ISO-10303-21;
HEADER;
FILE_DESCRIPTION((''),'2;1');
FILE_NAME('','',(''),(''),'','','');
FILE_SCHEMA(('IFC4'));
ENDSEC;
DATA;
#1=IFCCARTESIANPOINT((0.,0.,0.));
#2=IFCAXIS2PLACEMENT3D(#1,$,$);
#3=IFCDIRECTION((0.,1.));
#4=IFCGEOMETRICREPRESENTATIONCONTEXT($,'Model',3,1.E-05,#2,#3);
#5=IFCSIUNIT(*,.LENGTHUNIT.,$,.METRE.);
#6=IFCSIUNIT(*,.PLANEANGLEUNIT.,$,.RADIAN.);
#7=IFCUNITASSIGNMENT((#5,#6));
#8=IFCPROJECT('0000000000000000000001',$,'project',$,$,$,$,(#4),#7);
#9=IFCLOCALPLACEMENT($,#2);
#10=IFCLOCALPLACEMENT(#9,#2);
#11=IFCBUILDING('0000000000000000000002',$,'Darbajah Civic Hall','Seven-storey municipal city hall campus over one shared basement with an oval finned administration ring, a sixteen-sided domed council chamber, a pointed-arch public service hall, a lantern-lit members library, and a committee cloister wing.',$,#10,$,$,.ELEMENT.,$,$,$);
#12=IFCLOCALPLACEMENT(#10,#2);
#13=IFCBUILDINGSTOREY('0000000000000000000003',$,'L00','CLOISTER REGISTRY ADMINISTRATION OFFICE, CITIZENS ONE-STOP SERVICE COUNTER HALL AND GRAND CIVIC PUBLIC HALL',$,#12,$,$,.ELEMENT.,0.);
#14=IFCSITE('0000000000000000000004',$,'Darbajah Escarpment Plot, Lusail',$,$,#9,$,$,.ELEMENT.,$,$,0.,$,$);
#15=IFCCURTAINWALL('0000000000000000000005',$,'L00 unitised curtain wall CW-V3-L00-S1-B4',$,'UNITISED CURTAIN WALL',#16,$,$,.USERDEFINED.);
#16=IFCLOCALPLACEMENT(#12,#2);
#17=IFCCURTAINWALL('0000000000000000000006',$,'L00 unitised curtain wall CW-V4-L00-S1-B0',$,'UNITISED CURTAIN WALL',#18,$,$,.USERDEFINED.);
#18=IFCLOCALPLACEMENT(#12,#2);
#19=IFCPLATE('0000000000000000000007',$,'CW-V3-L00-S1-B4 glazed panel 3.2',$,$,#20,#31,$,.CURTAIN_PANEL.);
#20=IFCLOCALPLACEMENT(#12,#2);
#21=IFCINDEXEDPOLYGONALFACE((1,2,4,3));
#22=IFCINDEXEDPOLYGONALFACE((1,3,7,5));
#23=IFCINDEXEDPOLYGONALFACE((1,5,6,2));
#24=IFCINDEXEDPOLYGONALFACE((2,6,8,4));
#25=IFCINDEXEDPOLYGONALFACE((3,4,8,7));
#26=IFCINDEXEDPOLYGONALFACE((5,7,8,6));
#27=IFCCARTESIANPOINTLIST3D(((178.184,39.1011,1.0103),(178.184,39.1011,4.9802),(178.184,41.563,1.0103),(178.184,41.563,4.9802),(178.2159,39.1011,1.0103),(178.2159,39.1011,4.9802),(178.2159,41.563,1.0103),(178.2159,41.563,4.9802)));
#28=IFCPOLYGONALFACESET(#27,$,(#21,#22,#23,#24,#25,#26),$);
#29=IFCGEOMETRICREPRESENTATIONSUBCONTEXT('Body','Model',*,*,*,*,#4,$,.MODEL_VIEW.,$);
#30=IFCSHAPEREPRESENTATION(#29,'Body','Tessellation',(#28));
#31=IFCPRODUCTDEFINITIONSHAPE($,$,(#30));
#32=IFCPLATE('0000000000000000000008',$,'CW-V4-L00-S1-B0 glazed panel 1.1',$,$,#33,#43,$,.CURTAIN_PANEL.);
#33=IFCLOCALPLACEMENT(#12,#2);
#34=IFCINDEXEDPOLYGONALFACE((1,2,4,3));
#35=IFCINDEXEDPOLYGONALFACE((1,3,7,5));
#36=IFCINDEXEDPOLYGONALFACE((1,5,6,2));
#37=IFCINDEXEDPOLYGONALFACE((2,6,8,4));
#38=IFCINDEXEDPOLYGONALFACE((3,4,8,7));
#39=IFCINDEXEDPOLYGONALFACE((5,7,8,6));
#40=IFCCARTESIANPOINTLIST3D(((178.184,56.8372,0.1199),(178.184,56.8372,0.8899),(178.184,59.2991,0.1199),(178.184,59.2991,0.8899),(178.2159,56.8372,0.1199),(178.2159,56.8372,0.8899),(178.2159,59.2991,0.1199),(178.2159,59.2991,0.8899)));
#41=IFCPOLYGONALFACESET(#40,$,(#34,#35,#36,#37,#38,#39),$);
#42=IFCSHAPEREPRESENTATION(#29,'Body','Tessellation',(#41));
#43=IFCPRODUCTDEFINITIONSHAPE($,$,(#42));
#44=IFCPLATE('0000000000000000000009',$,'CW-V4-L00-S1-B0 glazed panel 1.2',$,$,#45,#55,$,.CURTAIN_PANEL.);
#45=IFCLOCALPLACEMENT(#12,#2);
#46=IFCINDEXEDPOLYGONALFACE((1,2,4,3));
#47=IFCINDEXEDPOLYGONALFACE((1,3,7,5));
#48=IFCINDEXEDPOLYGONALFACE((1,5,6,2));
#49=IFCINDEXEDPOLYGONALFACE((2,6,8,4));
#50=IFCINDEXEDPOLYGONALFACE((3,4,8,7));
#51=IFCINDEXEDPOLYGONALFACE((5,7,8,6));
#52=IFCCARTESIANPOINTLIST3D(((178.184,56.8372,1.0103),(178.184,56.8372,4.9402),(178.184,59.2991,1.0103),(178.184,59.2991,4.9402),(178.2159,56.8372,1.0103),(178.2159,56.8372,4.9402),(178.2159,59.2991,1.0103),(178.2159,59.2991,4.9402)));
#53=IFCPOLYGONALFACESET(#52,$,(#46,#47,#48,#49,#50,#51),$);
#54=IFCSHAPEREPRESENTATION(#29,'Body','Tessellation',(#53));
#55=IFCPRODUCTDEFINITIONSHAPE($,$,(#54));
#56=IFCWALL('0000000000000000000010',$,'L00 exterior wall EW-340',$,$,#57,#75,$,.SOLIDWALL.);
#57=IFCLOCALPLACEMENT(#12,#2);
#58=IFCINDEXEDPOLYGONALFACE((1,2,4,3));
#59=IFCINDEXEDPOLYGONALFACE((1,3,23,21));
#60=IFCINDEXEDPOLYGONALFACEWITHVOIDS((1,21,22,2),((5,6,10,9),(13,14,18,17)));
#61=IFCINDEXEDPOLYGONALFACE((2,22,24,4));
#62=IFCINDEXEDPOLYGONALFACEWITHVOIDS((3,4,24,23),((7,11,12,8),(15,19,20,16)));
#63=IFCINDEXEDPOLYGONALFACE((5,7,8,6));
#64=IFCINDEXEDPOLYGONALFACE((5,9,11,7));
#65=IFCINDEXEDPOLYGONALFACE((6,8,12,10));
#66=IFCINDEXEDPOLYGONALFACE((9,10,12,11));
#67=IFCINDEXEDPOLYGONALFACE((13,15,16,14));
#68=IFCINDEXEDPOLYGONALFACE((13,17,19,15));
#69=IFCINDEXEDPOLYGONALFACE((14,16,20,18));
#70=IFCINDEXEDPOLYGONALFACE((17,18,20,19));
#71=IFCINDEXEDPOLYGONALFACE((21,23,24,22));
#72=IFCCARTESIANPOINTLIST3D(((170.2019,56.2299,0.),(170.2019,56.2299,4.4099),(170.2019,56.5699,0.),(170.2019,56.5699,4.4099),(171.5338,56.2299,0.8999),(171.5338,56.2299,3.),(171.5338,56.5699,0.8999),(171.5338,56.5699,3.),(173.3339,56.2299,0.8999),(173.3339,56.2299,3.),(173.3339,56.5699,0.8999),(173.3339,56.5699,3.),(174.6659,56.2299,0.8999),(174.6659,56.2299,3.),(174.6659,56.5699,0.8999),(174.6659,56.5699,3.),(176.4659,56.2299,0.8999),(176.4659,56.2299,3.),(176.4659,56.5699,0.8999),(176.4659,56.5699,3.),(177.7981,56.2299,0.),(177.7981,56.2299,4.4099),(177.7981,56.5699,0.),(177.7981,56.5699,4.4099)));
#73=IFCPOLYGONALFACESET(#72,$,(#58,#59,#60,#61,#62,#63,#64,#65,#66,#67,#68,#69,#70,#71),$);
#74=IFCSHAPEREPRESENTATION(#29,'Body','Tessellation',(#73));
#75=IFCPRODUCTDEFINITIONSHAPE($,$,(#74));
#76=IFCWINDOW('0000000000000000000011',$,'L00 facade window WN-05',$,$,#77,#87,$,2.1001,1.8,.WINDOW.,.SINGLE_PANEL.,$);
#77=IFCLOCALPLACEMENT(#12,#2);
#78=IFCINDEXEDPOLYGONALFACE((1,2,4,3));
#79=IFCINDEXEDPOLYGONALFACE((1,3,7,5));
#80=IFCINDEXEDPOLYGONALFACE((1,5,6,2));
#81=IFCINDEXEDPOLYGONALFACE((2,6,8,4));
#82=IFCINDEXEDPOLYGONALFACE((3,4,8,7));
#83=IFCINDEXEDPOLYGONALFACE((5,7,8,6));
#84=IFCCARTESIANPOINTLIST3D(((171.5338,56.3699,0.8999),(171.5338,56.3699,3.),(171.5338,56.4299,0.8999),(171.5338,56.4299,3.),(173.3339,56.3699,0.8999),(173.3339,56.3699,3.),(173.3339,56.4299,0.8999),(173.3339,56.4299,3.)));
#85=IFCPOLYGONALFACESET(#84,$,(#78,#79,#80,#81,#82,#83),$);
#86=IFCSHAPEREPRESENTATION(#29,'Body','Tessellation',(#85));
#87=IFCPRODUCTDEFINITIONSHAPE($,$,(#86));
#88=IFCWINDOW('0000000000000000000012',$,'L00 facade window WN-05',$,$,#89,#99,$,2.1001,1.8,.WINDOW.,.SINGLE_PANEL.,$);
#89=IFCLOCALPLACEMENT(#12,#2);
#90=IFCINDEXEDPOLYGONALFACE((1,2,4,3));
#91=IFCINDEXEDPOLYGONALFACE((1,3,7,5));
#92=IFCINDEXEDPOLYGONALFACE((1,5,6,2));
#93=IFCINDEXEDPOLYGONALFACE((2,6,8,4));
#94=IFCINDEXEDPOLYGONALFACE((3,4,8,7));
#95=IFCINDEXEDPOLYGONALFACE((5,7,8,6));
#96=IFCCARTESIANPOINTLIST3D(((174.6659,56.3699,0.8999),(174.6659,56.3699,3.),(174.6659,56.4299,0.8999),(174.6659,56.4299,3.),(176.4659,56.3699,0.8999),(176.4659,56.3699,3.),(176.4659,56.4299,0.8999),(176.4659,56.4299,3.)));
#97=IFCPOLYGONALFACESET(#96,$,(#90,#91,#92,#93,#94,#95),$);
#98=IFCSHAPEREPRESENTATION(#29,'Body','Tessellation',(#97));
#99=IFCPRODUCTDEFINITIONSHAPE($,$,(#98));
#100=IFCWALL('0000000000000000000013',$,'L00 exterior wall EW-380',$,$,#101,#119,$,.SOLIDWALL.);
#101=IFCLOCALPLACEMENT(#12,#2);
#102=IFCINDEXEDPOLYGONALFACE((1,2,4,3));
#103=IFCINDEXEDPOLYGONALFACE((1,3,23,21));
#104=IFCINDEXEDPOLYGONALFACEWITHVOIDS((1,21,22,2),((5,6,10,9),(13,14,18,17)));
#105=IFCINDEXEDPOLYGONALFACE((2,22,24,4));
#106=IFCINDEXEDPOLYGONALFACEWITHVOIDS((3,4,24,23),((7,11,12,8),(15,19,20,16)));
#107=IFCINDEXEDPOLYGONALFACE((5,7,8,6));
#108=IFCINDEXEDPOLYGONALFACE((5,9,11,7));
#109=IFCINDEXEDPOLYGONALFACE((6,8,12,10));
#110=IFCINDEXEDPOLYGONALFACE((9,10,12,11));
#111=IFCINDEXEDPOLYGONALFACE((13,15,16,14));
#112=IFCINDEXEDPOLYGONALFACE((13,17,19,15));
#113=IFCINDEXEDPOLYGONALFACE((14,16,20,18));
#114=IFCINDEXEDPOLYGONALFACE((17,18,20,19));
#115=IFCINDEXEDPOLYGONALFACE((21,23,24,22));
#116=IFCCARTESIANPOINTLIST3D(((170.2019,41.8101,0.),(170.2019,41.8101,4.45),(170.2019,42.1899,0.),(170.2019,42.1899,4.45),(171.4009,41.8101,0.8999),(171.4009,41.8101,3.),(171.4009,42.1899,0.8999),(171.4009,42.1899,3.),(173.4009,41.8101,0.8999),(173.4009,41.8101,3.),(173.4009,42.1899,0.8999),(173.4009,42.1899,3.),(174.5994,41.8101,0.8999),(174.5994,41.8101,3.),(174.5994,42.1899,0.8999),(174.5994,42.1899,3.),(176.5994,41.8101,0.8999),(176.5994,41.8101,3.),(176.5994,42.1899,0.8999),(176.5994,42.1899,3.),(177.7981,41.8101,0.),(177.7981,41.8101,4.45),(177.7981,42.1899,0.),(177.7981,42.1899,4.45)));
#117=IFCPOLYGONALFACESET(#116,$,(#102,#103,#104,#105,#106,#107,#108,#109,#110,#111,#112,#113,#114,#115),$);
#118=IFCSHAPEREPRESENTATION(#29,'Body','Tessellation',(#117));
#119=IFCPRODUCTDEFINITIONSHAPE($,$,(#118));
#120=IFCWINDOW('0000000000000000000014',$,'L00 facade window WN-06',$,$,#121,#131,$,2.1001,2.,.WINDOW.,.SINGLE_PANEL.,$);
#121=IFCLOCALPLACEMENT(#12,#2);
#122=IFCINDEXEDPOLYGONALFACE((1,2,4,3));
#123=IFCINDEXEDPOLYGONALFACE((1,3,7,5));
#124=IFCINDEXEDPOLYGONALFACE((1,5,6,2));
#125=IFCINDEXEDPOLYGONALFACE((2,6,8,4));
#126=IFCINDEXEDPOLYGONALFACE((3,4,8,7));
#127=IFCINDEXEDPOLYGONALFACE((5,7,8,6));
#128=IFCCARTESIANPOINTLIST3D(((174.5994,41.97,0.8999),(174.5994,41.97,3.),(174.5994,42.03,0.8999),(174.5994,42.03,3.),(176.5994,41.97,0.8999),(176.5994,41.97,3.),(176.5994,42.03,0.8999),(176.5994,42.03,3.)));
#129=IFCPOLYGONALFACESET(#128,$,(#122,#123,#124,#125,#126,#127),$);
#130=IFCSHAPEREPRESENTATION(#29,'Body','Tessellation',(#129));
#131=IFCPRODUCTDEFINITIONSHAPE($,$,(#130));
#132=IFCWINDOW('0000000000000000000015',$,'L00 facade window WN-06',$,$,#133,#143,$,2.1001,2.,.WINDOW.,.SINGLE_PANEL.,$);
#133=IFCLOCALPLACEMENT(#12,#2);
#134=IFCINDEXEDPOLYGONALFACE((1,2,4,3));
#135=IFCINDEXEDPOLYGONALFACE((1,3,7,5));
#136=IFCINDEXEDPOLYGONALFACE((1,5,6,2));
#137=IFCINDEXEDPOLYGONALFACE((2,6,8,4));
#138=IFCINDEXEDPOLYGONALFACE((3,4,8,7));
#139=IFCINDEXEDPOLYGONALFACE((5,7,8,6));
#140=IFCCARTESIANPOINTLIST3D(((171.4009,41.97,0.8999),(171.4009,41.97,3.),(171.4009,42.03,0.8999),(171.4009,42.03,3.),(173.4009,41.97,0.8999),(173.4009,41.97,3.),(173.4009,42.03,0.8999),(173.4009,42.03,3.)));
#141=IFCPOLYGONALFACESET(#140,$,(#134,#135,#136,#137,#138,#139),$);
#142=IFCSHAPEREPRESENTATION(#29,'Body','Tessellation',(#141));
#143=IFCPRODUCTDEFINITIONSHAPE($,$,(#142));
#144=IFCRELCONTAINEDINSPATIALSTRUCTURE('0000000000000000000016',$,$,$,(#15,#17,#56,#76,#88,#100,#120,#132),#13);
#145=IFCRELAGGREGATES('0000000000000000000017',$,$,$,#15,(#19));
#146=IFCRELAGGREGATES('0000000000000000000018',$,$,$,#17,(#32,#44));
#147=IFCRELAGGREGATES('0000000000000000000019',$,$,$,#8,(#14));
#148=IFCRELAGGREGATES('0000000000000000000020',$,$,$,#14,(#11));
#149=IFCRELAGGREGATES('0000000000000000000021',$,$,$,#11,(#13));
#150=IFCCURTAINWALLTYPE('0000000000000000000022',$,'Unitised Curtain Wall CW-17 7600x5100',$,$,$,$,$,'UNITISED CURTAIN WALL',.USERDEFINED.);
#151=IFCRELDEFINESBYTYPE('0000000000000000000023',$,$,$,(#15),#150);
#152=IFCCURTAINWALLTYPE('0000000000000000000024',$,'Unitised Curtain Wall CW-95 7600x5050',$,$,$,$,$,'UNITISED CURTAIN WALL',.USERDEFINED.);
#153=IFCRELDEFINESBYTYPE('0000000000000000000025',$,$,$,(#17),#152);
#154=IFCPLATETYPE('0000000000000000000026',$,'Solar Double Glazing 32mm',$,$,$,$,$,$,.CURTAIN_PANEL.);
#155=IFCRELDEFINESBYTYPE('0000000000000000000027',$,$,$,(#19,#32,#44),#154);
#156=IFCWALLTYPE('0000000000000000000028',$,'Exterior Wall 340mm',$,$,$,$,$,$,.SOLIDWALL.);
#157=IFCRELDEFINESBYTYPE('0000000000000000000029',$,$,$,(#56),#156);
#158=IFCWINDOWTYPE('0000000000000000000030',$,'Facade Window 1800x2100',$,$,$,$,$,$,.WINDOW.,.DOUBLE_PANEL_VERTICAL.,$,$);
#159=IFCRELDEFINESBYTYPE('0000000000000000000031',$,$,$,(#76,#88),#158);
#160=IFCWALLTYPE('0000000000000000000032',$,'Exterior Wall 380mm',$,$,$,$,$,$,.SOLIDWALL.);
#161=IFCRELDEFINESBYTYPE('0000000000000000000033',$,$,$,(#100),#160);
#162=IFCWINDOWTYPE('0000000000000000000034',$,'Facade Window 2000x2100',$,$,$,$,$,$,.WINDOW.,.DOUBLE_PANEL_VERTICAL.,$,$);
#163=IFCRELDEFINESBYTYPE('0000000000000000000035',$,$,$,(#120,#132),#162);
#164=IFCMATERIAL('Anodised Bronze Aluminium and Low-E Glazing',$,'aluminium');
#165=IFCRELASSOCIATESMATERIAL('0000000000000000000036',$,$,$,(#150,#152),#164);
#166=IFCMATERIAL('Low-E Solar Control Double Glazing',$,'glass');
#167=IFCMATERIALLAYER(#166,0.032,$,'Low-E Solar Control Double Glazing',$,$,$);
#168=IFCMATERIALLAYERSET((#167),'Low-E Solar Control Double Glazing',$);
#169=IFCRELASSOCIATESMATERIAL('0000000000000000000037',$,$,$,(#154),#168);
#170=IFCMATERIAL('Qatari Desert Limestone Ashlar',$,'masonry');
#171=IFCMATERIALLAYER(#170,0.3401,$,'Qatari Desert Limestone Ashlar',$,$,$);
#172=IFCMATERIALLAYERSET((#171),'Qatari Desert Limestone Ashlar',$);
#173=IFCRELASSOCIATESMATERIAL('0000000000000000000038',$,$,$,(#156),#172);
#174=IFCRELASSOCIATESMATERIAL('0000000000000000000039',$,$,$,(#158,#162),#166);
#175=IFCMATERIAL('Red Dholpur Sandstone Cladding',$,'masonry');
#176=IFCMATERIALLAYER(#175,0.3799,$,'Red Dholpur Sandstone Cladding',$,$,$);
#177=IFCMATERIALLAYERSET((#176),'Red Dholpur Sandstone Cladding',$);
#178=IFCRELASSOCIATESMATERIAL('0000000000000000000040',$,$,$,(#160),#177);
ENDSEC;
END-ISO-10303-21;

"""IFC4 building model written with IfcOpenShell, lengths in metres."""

from ifc_helpers import new_model, si_unit, direction, frame, frame_2d, origin, origin_2d, place, context, subcontext, project, spatial, rectangle, extrude, material, layer, layer_set, type_object, element, fill, aggregate, save


model = new_model("IFC4")

# Units and contexts
model_context = context("Model", 3, precision=1e-05, world=origin(), true_north=direction((0.0, 1.0)))
body_context = subcontext(model_context, "Body", "Model", "MODEL_VIEW")
ifc_project = project(units=[si_unit("LENGTHUNIT", "METRE"), si_unit("PLANEANGLEUNIT", "RADIAN")], contexts=[model_context])

# Site, building, storey
site_placement = place(None, origin())
site = spatial("IfcSite", under=ifc_project, at=site_placement, Name="Darbajah Escarpment Plot, Lusail", CompositionType="ELEMENT", RefElevation=0.0)
building_placement = place(site_placement, origin())
building = spatial("IfcBuilding", under=site, at=building_placement, Name="Darbajah Civic Hall", Description="Seven-storey municipal city hall campus over one shared basement with an oval finned administration ring, a sixteen-sided domed council chamber, a pointed-arch public service hall, a lantern-lit members library, and a committee cloister wing.", CompositionType="ELEMENT")
storey_placement = place(building_placement, origin())
storey = spatial("IfcBuildingStorey", under=building, at=storey_placement, Name="L00", Description="CLOISTER REGISTRY ADMINISTRATION OFFICE, CITIZENS ONE-STOP SERVICE COUNTER HALL AND GRAND CIVIC PUBLIC HALL", CompositionType="ELEMENT", Elevation=0.0)

# Curtain wall
ifc_material_1 = material(Name="Anodised Bronze Aluminium and Low-E Glazing", Category="aluminium")
curtain_wall_type_1 = type_object("IfcCurtainWallType", Name="Unitised Curtain Wall CW-17 7600x5100", ElementType="UNITISED CURTAIN WALL", PredefinedType="USERDEFINED", material=ifc_material_1)
curtain_wall_1_placement = place(storey_placement, origin())
curtain_wall_1 = element("IfcCurtainWall", 1, at=curtain_wall_1_placement, inside=storey, type_object=curtain_wall_type_1, Name="L00 unitised curtain wall CW-V3-L00-S1-B4", ObjectType="UNITISED CURTAIN WALL", PredefinedType="USERDEFINED")

# Curtain wall
curtain_wall_type_2 = type_object("IfcCurtainWallType", Name="Unitised Curtain Wall CW-95 7600x5050", ElementType="UNITISED CURTAIN WALL", PredefinedType="USERDEFINED", material=ifc_material_1)
curtain_wall_2_placement = place(storey_placement, origin())
curtain_wall_2 = element("IfcCurtainWall", 2, at=curtain_wall_2_placement, inside=storey, type_object=curtain_wall_type_2, Name="L00 unitised curtain wall CW-V4-L00-S1-B0", ObjectType="UNITISED CURTAIN WALL", PredefinedType="USERDEFINED")

# Plates
ifc_material_2 = material(Name="Low-E Solar Control Double Glazing", Category="glass")
ifc_layer_1 = layer(ifc_material_2, 0.032, Name="Low-E Solar Control Double Glazing")
ifc_layer_set_1 = layer_set([ifc_layer_1], Name="Low-E Solar Control Double Glazing")
plate_type = type_object("IfcPlateType", Name="Solar Double Glazing 32mm", PredefinedType="CURTAIN_PANEL", material=ifc_layer_set_1)
plate_1_placement = place(storey_placement, frame((178.2, 40.332, 1.0103), z_axis=(0.0, 0.0, 1.0), x_axis=(0.0, 1.0, 0.0)))
plate_1 = element("IfcPlate", 3, at=plate_1_placement, type_object=plate_type, Name="CW-V3-L00-S1-B4 glazed panel 3.2", PredefinedType="CURTAIN_PANEL", context=body_context, shape_type="SweptSolid", body=[
    extrude(rectangle(XDim=2.4619, YDim=0.032, at=origin_2d()), origin(), (0.0, 0.0, 1.0), 3.97),
])
aggregate(curtain_wall_1, [plate_1])
plate_2_placement = place(storey_placement, frame((178.2, 58.0681, 0.1199), z_axis=(0.0, 0.0, 1.0), x_axis=(0.0, 1.0, 0.0)))
plate_2 = element("IfcPlate", 4, at=plate_2_placement, type_object=plate_type, Name="CW-V4-L00-S1-B0 glazed panel 1.1", PredefinedType="CURTAIN_PANEL", context=body_context, shape_type="SweptSolid", body=[
    extrude(rectangle(XDim=2.4619, YDim=0.032, at=origin_2d()), origin(), (0.0, 0.0, 1.0), 0.77),
])
plate_3_placement = place(storey_placement, frame((178.2, 58.0681, 1.0103), z_axis=(0.0, 0.0, 1.0), x_axis=(0.0, 1.0, 0.0)))
plate_3 = element("IfcPlate", 5, at=plate_3_placement, type_object=plate_type, Name="CW-V4-L00-S1-B0 glazed panel 1.2", PredefinedType="CURTAIN_PANEL", context=body_context, shape_type="SweptSolid", body=[
    extrude(rectangle(XDim=2.4619, YDim=0.032, at=origin_2d()), origin(), (0.0, 0.0, 1.0), 3.9299),
])
aggregate(curtain_wall_2, [plate_2, plate_3])

# Walls, openings, windows
ifc_material_3 = material(Name="Qatari Desert Limestone Ashlar", Category="masonry")
ifc_layer_2 = layer(ifc_material_3, 0.3401, Name="Qatari Desert Limestone Ashlar")
ifc_layer_set_2 = layer_set([ifc_layer_2], Name="Qatari Desert Limestone Ashlar")
wall_type_1 = type_object("IfcWallType", Name="Exterior Wall 340mm", PredefinedType="SOLIDWALL", material=ifc_layer_set_2)
wall_1_placement = place(storey_placement, frame((170.2019, 56.3999, 0.0), z_axis=(0.0, 0.0, 1.0), x_axis=(1.0, 0.0, 0.0)))
wall_1 = element("IfcWall", 6, at=wall_1_placement, inside=storey, type_object=wall_type_1, Name="L00 exterior wall EW-340", PredefinedType="SOLIDWALL", context=body_context, shape_type="SweptSolid", body=[
    extrude(rectangle(XDim=7.5962, YDim=0.3401, at=frame_2d((3.7981, 0.0))), origin(), (0.0, 0.0, 1.0), 4.4099),
])
opening_1_placement = place(wall_1_placement, frame((1.332, 0.0, 0.8999)))
opening_1 = element("IfcOpeningElement", 7, at=opening_1_placement, cuts=wall_1, PredefinedType="OPENING", context=body_context, shape_type="SweptSolid", body=[
    extrude(rectangle(XDim=1.8, YDim=2.1001, at=frame_2d((0.8999, 1.05))), frame((0.0, 0.1799, 0.0), z_axis=(0.0, -1.0, 0.0), x_axis=(1.0, 0.0, 0.0)), (0.0, 0.0, 1.0), 0.3601),
])
opening_2_placement = place(wall_1_placement, frame((4.4641, 0.0, 0.8999)))
opening_2 = element("IfcOpeningElement", 8, at=opening_2_placement, cuts=wall_1, PredefinedType="OPENING", context=body_context, shape_type="SweptSolid", body=[
    extrude(rectangle(XDim=1.8, YDim=2.1001, at=frame_2d((0.8999, 1.05))), frame((0.0, 0.1799, 0.0), z_axis=(0.0, -1.0, 0.0), x_axis=(1.0, 0.0, 0.0)), (0.0, 0.0, 1.0), 0.3601),
])
window_type_1 = type_object("IfcWindowType", Name="Facade Window 1800x2100", PartitioningType="DOUBLE_PANEL_VERTICAL", PredefinedType="WINDOW", material=ifc_material_2)
window_1_placement = place(opening_1_placement, origin())
window_1 = element("IfcWindow", 9, at=window_1_placement, inside=storey, type_object=window_type_1, Name="L00 facade window WN-05", OverallHeight=2.1001, OverallWidth=1.8, PartitioningType="SINGLE_PANEL", PredefinedType="WINDOW", context=body_context, shape_type="SweptSolid", body=[
    extrude(rectangle(XDim=1.8, YDim=2.1001, at=frame_2d((0.8999, 1.05))), frame((0.0, 0.03, 0.0), z_axis=(0.0, -1.0, 0.0), x_axis=(1.0, 0.0, 0.0)), (0.0, 0.0, 1.0), 0.0601),
])
fill(opening_1, window_1)
window_2_placement = place(opening_2_placement, origin())
window_2 = element("IfcWindow", 10, at=window_2_placement, inside=storey, type_object=window_type_1, Name="L00 facade window WN-05", OverallHeight=2.1001, OverallWidth=1.8, PartitioningType="SINGLE_PANEL", PredefinedType="WINDOW", context=body_context, shape_type="SweptSolid", body=[
    extrude(rectangle(XDim=1.8, YDim=2.1001, at=frame_2d((0.8999, 1.05))), frame((0.0, 0.03, 0.0), z_axis=(0.0, -1.0, 0.0), x_axis=(1.0, 0.0, 0.0)), (0.0, 0.0, 1.0), 0.0601),
])
fill(opening_2, window_2)
ifc_material_4 = material(Name="Red Dholpur Sandstone Cladding", Category="masonry")
ifc_layer_3 = layer(ifc_material_4, 0.3799, Name="Red Dholpur Sandstone Cladding")
ifc_layer_set_3 = layer_set([ifc_layer_3], Name="Red Dholpur Sandstone Cladding")
wall_type_2 = type_object("IfcWallType", Name="Exterior Wall 380mm", PredefinedType="SOLIDWALL", material=ifc_layer_set_3)
wall_2_placement = place(storey_placement, frame((177.7981, 42.0, 0.0), z_axis=(0.0, 0.0, 1.0), x_axis=(-1.0, 0.0, 0.0)))
wall_2 = element("IfcWall", 11, at=wall_2_placement, inside=storey, type_object=wall_type_2, Name="L00 exterior wall EW-380", PredefinedType="SOLIDWALL", context=body_context, shape_type="SweptSolid", body=[
    extrude(rectangle(XDim=7.5962, YDim=0.3799, at=frame_2d((3.7981, 0.0))), origin(), (0.0, 0.0, 1.0), 4.45),
])
opening_3_placement = place(wall_2_placement, frame((1.1987, 0.0, 0.8999)))
opening_3 = element("IfcOpeningElement", 12, at=opening_3_placement, cuts=wall_2, PredefinedType="OPENING", context=body_context, shape_type="SweptSolid", body=[
    extrude(rectangle(XDim=2.0, YDim=2.1001, at=frame_2d((1.0, 1.05))), frame((0.0, 0.2, 0.0), z_axis=(0.0, -1.0, 0.0), x_axis=(1.0, 0.0, 0.0)), (0.0, 0.0, 1.0), 0.3999),
])
opening_4_placement = place(wall_2_placement, frame((4.3972, 0.0, 0.8999)))
opening_4 = element("IfcOpeningElement", 13, at=opening_4_placement, cuts=wall_2, PredefinedType="OPENING", context=body_context, shape_type="SweptSolid", body=[
    extrude(rectangle(XDim=2.0, YDim=2.1001, at=frame_2d((1.0, 1.05))), frame((0.0, 0.2, 0.0), z_axis=(0.0, -1.0, 0.0), x_axis=(1.0, 0.0, 0.0)), (0.0, 0.0, 1.0), 0.3999),
])
window_type_2 = type_object("IfcWindowType", Name="Facade Window 2000x2100", PartitioningType="DOUBLE_PANEL_VERTICAL", PredefinedType="WINDOW", material=ifc_material_2)
window_3_placement = place(opening_3_placement, origin())
window_3 = element("IfcWindow", 14, at=window_3_placement, inside=storey, type_object=window_type_2, Name="L00 facade window WN-06", OverallHeight=2.1001, OverallWidth=2.0, PartitioningType="SINGLE_PANEL", PredefinedType="WINDOW", context=body_context, shape_type="SweptSolid", body=[
    extrude(rectangle(XDim=2.0, YDim=2.1001, at=frame_2d((1.0, 1.05))), frame((0.0, 0.03, 0.0), z_axis=(0.0, -1.0, 0.0), x_axis=(1.0, 0.0, 0.0)), (0.0, 0.0, 1.0), 0.0601),
])
fill(opening_3, window_3)
window_4_placement = place(opening_4_placement, origin())
window_4 = element("IfcWindow", 15, at=window_4_placement, inside=storey, type_object=window_type_2, Name="L00 facade window WN-06", OverallHeight=2.1001, OverallWidth=2.0, PartitioningType="SINGLE_PANEL", PredefinedType="WINDOW", context=body_context, shape_type="SweptSolid", body=[
    extrude(rectangle(XDim=2.0, YDim=2.1001, at=frame_2d((1.0, 1.05))), frame((0.0, 0.03, 0.0), z_axis=(0.0, -1.0, 0.0), x_axis=(1.0, 0.0, 0.0)), (0.0, 0.0, 1.0), 0.0601),
])
fill(opening_4, window_4)

save(model, "model.ifc")
